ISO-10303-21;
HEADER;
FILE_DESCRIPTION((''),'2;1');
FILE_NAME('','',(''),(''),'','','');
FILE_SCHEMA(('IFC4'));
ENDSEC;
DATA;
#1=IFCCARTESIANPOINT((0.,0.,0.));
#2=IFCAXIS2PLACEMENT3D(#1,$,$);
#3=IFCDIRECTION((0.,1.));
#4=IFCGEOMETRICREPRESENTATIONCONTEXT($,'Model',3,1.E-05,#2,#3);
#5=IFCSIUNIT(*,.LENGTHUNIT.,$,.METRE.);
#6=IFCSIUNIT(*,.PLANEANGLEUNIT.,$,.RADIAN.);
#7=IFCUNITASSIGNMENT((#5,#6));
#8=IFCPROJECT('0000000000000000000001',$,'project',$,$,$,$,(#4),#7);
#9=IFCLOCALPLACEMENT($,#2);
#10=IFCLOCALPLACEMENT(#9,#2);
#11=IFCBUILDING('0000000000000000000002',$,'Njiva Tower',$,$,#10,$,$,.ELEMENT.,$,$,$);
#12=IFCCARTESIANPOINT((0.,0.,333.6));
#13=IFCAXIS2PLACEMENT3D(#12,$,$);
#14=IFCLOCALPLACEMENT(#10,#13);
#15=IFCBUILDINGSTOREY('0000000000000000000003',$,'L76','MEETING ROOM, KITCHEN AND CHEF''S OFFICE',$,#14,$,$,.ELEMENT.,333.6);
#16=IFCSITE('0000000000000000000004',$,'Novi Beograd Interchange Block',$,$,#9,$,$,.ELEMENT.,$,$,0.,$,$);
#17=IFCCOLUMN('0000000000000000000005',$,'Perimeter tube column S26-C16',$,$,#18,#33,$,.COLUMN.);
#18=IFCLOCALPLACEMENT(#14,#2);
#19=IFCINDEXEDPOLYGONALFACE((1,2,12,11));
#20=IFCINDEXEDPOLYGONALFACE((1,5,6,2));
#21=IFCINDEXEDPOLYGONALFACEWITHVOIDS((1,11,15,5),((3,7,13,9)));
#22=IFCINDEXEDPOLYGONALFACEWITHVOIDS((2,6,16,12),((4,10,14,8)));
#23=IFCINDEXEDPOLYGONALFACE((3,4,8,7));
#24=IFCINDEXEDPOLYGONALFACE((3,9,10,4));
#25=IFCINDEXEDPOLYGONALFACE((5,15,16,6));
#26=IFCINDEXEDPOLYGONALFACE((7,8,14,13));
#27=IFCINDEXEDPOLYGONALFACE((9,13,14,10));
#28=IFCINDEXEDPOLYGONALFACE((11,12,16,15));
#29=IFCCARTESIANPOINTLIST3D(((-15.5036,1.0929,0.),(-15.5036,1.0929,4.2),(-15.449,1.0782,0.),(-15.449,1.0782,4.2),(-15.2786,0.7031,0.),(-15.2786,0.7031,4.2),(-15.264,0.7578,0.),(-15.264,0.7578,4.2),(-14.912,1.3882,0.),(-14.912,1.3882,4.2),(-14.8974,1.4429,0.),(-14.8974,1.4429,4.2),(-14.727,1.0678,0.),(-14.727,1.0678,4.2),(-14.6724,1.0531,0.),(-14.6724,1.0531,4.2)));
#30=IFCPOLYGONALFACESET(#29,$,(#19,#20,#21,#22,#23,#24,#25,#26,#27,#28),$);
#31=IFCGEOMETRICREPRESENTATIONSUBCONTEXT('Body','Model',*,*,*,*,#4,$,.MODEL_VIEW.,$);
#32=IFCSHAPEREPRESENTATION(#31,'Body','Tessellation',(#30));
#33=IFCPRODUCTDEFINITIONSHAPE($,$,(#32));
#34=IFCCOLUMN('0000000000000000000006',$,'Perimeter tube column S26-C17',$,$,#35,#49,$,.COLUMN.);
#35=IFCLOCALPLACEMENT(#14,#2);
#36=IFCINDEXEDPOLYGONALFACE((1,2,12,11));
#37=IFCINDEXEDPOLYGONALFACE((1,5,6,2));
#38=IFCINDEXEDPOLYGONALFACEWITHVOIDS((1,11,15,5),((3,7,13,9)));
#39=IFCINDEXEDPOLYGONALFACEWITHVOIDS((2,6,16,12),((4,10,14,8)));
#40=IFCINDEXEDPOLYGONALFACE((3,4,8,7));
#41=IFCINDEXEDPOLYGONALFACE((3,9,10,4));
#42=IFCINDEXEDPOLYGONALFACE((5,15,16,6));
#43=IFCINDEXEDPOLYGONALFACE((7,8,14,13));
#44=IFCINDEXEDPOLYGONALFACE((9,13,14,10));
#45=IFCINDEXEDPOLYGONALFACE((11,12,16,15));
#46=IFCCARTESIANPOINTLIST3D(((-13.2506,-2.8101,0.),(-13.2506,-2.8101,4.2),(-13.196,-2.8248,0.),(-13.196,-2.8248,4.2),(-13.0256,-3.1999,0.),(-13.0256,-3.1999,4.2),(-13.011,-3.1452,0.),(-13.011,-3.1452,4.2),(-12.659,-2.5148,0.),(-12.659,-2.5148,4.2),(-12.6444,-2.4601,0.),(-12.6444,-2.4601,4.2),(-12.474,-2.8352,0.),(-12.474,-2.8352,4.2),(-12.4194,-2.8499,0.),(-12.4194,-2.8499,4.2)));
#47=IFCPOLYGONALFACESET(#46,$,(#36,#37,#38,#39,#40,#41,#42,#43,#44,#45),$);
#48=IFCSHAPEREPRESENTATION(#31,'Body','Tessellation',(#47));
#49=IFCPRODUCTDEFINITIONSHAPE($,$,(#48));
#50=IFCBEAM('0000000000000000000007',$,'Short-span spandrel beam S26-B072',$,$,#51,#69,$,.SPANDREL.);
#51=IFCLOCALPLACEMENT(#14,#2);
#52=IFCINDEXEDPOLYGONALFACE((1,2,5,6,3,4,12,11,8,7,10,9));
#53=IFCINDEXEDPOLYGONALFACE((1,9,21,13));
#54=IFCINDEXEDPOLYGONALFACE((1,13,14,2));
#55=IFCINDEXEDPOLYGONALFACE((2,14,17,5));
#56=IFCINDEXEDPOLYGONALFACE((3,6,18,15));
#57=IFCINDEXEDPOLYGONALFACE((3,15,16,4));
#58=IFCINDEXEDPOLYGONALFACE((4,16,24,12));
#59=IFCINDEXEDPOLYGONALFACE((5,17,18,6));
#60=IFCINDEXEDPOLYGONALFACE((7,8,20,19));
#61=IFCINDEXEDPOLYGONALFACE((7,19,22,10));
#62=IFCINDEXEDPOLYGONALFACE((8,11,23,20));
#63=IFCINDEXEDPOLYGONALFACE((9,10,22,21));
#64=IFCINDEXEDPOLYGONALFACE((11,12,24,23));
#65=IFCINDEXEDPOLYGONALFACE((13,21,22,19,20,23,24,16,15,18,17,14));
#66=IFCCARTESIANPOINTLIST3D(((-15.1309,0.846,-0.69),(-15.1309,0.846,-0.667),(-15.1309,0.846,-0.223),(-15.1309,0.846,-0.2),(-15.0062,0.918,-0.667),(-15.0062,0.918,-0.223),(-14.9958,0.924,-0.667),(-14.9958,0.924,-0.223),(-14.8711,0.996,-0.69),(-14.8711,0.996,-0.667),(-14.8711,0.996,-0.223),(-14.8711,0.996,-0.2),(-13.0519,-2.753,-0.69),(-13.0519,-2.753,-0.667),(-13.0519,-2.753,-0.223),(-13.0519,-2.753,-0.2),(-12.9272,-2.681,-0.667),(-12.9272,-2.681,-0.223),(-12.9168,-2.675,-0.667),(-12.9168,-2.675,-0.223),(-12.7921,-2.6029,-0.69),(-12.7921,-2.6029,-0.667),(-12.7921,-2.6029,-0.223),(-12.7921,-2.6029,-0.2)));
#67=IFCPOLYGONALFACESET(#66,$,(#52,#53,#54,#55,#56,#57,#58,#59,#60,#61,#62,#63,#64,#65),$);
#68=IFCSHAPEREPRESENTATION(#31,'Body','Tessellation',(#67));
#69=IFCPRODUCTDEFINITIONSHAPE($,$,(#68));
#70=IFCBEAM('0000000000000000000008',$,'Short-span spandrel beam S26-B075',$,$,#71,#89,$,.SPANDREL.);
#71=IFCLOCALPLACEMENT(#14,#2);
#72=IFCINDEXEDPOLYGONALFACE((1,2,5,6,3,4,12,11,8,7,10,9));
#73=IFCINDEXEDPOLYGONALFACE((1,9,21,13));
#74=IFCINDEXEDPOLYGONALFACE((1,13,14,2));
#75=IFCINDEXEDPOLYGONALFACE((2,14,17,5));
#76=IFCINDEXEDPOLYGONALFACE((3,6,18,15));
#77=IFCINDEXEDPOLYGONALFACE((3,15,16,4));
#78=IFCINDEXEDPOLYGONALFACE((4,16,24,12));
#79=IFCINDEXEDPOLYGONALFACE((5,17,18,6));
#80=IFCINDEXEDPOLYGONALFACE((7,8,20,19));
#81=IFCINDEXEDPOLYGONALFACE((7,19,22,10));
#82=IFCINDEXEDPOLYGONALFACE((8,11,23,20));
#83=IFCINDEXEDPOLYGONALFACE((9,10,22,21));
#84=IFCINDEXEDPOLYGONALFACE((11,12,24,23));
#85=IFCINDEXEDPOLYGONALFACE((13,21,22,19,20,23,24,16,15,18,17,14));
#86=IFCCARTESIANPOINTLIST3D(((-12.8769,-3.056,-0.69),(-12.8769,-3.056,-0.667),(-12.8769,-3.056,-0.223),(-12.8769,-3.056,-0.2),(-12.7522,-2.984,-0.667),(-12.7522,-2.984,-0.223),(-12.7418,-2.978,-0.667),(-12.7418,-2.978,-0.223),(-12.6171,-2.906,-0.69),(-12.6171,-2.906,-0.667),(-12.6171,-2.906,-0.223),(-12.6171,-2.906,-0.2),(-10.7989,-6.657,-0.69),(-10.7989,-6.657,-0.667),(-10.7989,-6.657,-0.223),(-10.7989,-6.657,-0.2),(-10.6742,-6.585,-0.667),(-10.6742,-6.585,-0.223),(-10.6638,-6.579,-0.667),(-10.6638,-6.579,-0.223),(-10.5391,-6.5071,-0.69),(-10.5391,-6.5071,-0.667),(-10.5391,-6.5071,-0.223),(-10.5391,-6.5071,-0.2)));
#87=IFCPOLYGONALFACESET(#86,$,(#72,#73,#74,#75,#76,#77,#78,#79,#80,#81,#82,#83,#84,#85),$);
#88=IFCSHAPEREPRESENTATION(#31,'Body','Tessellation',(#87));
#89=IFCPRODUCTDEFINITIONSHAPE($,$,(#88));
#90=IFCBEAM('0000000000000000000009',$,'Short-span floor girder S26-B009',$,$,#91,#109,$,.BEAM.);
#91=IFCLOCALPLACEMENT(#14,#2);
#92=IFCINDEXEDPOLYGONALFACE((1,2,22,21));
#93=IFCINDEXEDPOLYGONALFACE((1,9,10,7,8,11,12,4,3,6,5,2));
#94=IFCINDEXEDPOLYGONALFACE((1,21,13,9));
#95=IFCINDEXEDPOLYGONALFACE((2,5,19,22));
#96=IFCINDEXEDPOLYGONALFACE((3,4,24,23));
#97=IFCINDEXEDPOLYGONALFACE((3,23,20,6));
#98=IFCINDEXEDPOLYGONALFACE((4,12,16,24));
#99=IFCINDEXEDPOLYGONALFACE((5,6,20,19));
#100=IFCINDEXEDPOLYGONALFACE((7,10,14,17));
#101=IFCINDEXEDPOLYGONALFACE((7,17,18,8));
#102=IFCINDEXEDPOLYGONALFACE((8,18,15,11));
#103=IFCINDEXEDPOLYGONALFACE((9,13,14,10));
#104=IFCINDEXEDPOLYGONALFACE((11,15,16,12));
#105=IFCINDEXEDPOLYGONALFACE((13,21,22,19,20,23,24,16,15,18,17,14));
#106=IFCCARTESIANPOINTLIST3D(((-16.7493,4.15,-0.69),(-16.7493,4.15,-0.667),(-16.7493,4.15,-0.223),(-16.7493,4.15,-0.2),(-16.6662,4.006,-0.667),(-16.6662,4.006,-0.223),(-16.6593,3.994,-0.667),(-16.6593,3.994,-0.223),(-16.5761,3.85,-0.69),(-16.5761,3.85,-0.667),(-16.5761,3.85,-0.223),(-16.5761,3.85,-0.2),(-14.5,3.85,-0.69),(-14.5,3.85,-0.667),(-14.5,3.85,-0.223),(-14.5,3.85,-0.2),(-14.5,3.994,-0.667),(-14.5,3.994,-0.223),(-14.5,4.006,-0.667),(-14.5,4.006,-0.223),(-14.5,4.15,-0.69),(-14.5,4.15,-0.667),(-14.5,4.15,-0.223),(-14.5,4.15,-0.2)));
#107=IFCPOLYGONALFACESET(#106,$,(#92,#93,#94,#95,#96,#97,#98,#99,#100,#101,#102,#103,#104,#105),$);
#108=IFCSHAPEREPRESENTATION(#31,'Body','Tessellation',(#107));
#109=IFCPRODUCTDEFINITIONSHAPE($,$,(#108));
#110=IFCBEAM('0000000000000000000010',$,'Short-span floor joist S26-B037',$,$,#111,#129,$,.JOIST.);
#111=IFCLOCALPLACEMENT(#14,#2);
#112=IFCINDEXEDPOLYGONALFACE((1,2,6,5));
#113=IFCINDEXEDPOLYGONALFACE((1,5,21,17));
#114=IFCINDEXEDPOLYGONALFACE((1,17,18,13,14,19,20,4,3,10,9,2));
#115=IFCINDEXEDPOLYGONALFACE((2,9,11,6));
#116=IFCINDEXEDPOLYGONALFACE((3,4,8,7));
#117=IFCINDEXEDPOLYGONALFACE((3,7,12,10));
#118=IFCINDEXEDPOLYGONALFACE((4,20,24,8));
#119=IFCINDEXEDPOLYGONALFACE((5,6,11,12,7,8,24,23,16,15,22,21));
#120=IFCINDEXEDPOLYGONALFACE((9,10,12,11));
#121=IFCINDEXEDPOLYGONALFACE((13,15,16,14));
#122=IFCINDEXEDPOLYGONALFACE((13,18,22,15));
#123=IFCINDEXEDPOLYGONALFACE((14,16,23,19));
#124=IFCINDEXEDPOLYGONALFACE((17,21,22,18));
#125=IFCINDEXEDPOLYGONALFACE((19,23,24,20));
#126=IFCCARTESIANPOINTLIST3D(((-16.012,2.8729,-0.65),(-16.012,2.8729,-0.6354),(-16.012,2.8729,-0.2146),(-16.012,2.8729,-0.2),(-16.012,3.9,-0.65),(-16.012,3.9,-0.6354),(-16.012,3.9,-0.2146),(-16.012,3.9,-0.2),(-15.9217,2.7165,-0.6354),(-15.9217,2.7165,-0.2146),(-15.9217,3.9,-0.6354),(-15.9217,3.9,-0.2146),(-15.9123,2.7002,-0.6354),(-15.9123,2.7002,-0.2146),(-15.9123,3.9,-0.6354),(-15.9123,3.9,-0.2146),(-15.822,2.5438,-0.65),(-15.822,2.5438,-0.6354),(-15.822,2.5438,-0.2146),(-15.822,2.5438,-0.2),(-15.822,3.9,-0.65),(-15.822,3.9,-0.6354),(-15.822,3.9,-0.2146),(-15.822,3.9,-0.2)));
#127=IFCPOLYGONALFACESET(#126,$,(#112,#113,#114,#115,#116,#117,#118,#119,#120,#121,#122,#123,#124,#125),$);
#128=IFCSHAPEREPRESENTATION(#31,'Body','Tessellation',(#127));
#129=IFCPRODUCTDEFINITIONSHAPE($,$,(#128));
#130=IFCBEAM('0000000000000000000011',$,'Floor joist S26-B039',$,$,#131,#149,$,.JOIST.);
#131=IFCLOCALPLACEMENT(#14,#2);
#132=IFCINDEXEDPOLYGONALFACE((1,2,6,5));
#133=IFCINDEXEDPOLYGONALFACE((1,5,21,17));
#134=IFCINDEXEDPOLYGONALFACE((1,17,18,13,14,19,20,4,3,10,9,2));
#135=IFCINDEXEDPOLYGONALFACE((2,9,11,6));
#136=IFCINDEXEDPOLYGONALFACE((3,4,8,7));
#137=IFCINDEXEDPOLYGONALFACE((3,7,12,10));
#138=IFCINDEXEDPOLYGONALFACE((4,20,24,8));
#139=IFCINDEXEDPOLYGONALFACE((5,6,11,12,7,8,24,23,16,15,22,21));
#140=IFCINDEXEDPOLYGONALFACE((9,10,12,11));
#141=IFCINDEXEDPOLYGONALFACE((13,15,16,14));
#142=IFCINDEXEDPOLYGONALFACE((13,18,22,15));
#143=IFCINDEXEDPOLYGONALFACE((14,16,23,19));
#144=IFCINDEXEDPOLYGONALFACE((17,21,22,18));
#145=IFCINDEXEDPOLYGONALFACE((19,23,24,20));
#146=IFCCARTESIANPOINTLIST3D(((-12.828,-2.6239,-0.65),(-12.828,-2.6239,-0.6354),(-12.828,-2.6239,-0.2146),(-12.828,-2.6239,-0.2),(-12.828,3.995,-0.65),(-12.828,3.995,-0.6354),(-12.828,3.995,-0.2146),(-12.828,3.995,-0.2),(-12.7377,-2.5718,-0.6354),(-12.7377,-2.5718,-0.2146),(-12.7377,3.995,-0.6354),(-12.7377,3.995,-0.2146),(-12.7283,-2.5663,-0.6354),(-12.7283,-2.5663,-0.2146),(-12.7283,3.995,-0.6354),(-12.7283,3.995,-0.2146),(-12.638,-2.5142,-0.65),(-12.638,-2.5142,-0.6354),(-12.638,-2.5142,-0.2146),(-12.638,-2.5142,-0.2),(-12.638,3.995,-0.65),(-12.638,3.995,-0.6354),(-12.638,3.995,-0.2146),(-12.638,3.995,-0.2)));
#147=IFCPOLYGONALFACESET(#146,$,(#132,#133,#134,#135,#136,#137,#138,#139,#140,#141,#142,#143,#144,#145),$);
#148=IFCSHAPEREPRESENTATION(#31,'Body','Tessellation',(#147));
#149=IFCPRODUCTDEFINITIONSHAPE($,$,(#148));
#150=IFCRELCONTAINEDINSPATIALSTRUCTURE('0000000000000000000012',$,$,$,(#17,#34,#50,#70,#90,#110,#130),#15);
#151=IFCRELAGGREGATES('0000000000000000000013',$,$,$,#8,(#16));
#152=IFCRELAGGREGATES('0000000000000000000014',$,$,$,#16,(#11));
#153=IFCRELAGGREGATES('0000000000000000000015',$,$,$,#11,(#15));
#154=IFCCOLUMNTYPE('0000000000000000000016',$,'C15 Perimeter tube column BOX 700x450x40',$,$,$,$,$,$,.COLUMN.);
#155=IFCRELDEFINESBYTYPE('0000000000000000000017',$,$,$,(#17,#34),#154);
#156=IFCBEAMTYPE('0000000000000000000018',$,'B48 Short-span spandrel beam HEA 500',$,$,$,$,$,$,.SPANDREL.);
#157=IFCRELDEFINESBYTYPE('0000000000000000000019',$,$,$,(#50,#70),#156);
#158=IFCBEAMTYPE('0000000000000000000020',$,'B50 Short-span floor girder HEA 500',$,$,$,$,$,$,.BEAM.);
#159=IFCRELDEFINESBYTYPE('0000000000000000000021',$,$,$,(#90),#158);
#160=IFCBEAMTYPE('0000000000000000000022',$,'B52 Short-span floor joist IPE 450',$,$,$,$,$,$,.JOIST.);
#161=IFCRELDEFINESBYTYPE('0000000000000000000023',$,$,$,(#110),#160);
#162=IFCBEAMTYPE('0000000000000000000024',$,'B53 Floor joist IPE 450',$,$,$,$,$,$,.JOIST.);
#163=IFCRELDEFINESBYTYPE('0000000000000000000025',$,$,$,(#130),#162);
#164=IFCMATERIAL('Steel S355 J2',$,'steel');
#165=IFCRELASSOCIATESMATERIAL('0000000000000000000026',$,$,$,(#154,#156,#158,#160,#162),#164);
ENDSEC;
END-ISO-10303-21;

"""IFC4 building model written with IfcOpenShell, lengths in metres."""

from ifc_helpers import new_model, si_unit, direction, frame, origin, origin_2d, place, context, subcontext, project, spatial, hollow_rectangle, i_section, extrude, clip, halfspace, material, material_profile, profile_set, type_object, element, save


model = new_model("IFC4")

# Units and contexts
model_context = context("Model", 3, precision=1e-05, world=origin(), true_north=direction((0.0, 1.0)))
body_context = subcontext(model_context, "Body", "Model", "MODEL_VIEW")
ifc_project = project(units=[si_unit("LENGTHUNIT", "METRE"), si_unit("PLANEANGLEUNIT", "RADIAN")], contexts=[model_context])

# Site, building, storey
site_placement = place(None, origin())
site = spatial("IfcSite", under=ifc_project, at=site_placement, Name="Novi Beograd Interchange Block", CompositionType="ELEMENT", RefElevation=0.0)
building_placement = place(site_placement, origin())
building = spatial("IfcBuilding", under=site, at=building_placement, Name="Njiva Tower", CompositionType="ELEMENT")
storey_placement = place(building_placement, frame((0.0, 0.0, 333.6)))
storey = spatial("IfcBuildingStorey", under=building, at=storey_placement, Name="L76", Description="MEETING ROOM, KITCHEN AND CHEF'S OFFICE", CompositionType="ELEMENT", Elevation=333.6)

# Columns
ifc_material_1 = material(Name="Steel S355 J2", Category="steel")
ifc_material_profile_1 = material_profile(ifc_material_1, hollow_rectangle(XDim=0.45, YDim=0.7, WallThickness=0.04, at=origin_2d()), Name="BOX 700x450x40")
ifc_profile_set_1 = profile_set([ifc_material_profile_1], Name="Steel S355 J2")
column_type = type_object("IfcColumnType", Name="C15 Perimeter tube column BOX 700x450x40", PredefinedType="COLUMN", material=ifc_profile_set_1)
for number, where, z_axis, x_axis, name in (
    (1, (-15.088, 1.073, 0.0), (0.0, 0.0, 1.0), (0.5, -0.866025, 0.0), "Perimeter tube column S26-C16"),
    (2, (-12.835, -2.83, 0.0), (0.0, 0.0, 1.0), (0.5, -0.866025, 0.0), "Perimeter tube column S26-C17"),
):
    element("IfcColumn", number, at=place(storey_placement, frame(where, z_axis=z_axis, x_axis=x_axis)), inside=storey, type_object=column_type, Name=name, PredefinedType="COLUMN", context=body_context, shape_type="SweptSolid", body=[
        extrude(hollow_rectangle(XDim=0.45, YDim=0.7, WallThickness=0.04, at=origin_2d()), origin(), (0.0, 0.0, 1.0), 4.2),
    ])

# Beams
ifc_material_profile_2 = material_profile(ifc_material_1, i_section(OverallWidth=0.3, OverallDepth=0.49, WebThickness=0.012, FlangeThickness=0.023, at=origin_2d()), Name="HEA 500")
ifc_profile_set_2 = profile_set([ifc_material_profile_2], Name="Steel S355 J2")
beam_type_1 = type_object("IfcBeamType", Name="B48 Short-span spandrel beam HEA 500", PredefinedType="SPANDREL", material=ifc_profile_set_2)
beam_1_placement = place(storey_placement, frame((-15.001, 0.921, -0.445), z_axis=(0.500201, -0.865909, 0.0), x_axis=(0.865909, 0.500201, 0.0)))
element("IfcBeam", 3, at=beam_1_placement, inside=storey, type_object=beam_type_1, Name="Short-span spandrel beam S26-B072", PredefinedType="SPANDREL", context=body_context, shape_type="SweptSolid", body=[
    extrude(i_section(OverallWidth=0.3, OverallDepth=0.49, WebThickness=0.012, FlangeThickness=0.023, at=origin_2d()), origin(), (0.0, 0.0, 1.0), 4.1563),
])
beam_2_placement = place(storey_placement, frame((-12.747, -2.981, -0.445), z_axis=(0.499813, -0.866134, 0.0), x_axis=(0.866134, 0.499813, 0.0)))
element("IfcBeam", 4, at=beam_2_placement, inside=storey, type_object=beam_type_1, Name="Short-span spandrel beam S26-B075", PredefinedType="SPANDREL", context=body_context, shape_type="SweptSolid", body=[
    extrude(i_section(OverallWidth=0.3, OverallDepth=0.49, WebThickness=0.012, FlangeThickness=0.023, at=origin_2d()), origin(), (0.0, 0.0, 1.0), 4.1576),
])
ifc_material_profile_3 = material_profile(ifc_material_1, i_section(OverallWidth=0.3, OverallDepth=0.49, WebThickness=0.012, FlangeThickness=0.023, at=origin_2d()), Name="HEA 500")
ifc_profile_set_3 = profile_set([ifc_material_profile_3], Name="Steel S355 J2")
beam_type_2 = type_object("IfcBeamType", Name="B50 Short-span floor girder HEA 500", PredefinedType="BEAM", material=ifc_profile_set_3)
beam_3_placement = place(storey_placement, frame((-16.77, 4.0, -0.445), z_axis=(1.0, 0.0, 0.0), x_axis=(0.0, 1.0, 0.0)))
element("IfcBeam", 5, at=beam_3_placement, inside=storey, type_object=beam_type_2, Name="Short-span floor girder S26-B009", PredefinedType="BEAM", context=body_context, shape_type="Clipping", body=[
    clip(extrude(i_section(OverallWidth=0.3, OverallDepth=0.49, WebThickness=0.012, FlangeThickness=0.023, at=origin_2d()), origin(), (0.0, 0.0, 1.0), 2.27), halfspace(frame((-0.025, 0.0, 0.1217), z_axis=(-0.499998, 0.0, -0.866027), x_axis=(0.0, -1.0, 0.0)), False)),
])
ifc_material_profile_4 = material_profile(ifc_material_1, i_section(OverallWidth=0.19, OverallDepth=0.45, WebThickness=0.0094, FlangeThickness=0.0146, at=origin_2d()), Name="IPE 450")
ifc_profile_set_4 = profile_set([ifc_material_profile_4], Name="Steel S355 J2")
beam_type_3 = type_object("IfcBeamType", Name="B52 Short-span floor joist IPE 450", PredefinedType="JOIST", material=ifc_profile_set_4)
beam_4_placement = place(storey_placement, frame((-15.917, 3.9, -0.425), z_axis=(0.0, -1.0, 0.0), x_axis=(1.0, 0.0, 0.0)))
element("IfcBeam", 6, at=beam_4_placement, inside=storey, type_object=beam_type_3, Name="Short-span floor joist S26-B037", PredefinedType="JOIST", context=body_context, shape_type="Clipping", body=[
    clip(extrude(i_section(OverallWidth=0.19, OverallDepth=0.45, WebThickness=0.0094, FlangeThickness=0.0146, at=origin_2d()), origin(), (0.0, 0.0, 1.0), 1.377), halfspace(frame((-0.043, 0.0, 1.1172), z_axis=(-0.866027, 0.0, 0.499998), x_axis=(0.0, 1.0, 0.0)), False)),
])
ifc_material_profile_5 = material_profile(ifc_material_1, i_section(OverallWidth=0.19, OverallDepth=0.45, WebThickness=0.0094, FlangeThickness=0.0146, at=origin_2d()), Name="IPE 450")
ifc_profile_set_5 = profile_set([ifc_material_profile_5], Name="Steel S355 J2")
beam_type_4 = type_object("IfcBeamType", Name="B53 Floor joist IPE 450", PredefinedType="JOIST", material=ifc_profile_set_5)
beam_5_placement = place(storey_placement, frame((-12.733, 3.995, -0.425), z_axis=(0.0, -1.0, 0.0), x_axis=(1.0, 0.0, 0.0)))
element("IfcBeam", 7, at=beam_5_placement, inside=storey, type_object=beam_type_4, Name="Floor joist S26-B039", PredefinedType="JOIST", context=body_context, shape_type="Clipping", body=[
    clip(extrude(i_section(OverallWidth=0.19, OverallDepth=0.45, WebThickness=0.0094, FlangeThickness=0.0146, at=origin_2d()), origin(), (0.0, 0.0, 1.0), 6.639), halfspace(frame((0.0247, 0.0, 6.5498), z_axis=(0.499998, 0.0, 0.866027), x_axis=(0.0, 1.0, 0.0)), False)),
])

save(model, "model.ifc")
